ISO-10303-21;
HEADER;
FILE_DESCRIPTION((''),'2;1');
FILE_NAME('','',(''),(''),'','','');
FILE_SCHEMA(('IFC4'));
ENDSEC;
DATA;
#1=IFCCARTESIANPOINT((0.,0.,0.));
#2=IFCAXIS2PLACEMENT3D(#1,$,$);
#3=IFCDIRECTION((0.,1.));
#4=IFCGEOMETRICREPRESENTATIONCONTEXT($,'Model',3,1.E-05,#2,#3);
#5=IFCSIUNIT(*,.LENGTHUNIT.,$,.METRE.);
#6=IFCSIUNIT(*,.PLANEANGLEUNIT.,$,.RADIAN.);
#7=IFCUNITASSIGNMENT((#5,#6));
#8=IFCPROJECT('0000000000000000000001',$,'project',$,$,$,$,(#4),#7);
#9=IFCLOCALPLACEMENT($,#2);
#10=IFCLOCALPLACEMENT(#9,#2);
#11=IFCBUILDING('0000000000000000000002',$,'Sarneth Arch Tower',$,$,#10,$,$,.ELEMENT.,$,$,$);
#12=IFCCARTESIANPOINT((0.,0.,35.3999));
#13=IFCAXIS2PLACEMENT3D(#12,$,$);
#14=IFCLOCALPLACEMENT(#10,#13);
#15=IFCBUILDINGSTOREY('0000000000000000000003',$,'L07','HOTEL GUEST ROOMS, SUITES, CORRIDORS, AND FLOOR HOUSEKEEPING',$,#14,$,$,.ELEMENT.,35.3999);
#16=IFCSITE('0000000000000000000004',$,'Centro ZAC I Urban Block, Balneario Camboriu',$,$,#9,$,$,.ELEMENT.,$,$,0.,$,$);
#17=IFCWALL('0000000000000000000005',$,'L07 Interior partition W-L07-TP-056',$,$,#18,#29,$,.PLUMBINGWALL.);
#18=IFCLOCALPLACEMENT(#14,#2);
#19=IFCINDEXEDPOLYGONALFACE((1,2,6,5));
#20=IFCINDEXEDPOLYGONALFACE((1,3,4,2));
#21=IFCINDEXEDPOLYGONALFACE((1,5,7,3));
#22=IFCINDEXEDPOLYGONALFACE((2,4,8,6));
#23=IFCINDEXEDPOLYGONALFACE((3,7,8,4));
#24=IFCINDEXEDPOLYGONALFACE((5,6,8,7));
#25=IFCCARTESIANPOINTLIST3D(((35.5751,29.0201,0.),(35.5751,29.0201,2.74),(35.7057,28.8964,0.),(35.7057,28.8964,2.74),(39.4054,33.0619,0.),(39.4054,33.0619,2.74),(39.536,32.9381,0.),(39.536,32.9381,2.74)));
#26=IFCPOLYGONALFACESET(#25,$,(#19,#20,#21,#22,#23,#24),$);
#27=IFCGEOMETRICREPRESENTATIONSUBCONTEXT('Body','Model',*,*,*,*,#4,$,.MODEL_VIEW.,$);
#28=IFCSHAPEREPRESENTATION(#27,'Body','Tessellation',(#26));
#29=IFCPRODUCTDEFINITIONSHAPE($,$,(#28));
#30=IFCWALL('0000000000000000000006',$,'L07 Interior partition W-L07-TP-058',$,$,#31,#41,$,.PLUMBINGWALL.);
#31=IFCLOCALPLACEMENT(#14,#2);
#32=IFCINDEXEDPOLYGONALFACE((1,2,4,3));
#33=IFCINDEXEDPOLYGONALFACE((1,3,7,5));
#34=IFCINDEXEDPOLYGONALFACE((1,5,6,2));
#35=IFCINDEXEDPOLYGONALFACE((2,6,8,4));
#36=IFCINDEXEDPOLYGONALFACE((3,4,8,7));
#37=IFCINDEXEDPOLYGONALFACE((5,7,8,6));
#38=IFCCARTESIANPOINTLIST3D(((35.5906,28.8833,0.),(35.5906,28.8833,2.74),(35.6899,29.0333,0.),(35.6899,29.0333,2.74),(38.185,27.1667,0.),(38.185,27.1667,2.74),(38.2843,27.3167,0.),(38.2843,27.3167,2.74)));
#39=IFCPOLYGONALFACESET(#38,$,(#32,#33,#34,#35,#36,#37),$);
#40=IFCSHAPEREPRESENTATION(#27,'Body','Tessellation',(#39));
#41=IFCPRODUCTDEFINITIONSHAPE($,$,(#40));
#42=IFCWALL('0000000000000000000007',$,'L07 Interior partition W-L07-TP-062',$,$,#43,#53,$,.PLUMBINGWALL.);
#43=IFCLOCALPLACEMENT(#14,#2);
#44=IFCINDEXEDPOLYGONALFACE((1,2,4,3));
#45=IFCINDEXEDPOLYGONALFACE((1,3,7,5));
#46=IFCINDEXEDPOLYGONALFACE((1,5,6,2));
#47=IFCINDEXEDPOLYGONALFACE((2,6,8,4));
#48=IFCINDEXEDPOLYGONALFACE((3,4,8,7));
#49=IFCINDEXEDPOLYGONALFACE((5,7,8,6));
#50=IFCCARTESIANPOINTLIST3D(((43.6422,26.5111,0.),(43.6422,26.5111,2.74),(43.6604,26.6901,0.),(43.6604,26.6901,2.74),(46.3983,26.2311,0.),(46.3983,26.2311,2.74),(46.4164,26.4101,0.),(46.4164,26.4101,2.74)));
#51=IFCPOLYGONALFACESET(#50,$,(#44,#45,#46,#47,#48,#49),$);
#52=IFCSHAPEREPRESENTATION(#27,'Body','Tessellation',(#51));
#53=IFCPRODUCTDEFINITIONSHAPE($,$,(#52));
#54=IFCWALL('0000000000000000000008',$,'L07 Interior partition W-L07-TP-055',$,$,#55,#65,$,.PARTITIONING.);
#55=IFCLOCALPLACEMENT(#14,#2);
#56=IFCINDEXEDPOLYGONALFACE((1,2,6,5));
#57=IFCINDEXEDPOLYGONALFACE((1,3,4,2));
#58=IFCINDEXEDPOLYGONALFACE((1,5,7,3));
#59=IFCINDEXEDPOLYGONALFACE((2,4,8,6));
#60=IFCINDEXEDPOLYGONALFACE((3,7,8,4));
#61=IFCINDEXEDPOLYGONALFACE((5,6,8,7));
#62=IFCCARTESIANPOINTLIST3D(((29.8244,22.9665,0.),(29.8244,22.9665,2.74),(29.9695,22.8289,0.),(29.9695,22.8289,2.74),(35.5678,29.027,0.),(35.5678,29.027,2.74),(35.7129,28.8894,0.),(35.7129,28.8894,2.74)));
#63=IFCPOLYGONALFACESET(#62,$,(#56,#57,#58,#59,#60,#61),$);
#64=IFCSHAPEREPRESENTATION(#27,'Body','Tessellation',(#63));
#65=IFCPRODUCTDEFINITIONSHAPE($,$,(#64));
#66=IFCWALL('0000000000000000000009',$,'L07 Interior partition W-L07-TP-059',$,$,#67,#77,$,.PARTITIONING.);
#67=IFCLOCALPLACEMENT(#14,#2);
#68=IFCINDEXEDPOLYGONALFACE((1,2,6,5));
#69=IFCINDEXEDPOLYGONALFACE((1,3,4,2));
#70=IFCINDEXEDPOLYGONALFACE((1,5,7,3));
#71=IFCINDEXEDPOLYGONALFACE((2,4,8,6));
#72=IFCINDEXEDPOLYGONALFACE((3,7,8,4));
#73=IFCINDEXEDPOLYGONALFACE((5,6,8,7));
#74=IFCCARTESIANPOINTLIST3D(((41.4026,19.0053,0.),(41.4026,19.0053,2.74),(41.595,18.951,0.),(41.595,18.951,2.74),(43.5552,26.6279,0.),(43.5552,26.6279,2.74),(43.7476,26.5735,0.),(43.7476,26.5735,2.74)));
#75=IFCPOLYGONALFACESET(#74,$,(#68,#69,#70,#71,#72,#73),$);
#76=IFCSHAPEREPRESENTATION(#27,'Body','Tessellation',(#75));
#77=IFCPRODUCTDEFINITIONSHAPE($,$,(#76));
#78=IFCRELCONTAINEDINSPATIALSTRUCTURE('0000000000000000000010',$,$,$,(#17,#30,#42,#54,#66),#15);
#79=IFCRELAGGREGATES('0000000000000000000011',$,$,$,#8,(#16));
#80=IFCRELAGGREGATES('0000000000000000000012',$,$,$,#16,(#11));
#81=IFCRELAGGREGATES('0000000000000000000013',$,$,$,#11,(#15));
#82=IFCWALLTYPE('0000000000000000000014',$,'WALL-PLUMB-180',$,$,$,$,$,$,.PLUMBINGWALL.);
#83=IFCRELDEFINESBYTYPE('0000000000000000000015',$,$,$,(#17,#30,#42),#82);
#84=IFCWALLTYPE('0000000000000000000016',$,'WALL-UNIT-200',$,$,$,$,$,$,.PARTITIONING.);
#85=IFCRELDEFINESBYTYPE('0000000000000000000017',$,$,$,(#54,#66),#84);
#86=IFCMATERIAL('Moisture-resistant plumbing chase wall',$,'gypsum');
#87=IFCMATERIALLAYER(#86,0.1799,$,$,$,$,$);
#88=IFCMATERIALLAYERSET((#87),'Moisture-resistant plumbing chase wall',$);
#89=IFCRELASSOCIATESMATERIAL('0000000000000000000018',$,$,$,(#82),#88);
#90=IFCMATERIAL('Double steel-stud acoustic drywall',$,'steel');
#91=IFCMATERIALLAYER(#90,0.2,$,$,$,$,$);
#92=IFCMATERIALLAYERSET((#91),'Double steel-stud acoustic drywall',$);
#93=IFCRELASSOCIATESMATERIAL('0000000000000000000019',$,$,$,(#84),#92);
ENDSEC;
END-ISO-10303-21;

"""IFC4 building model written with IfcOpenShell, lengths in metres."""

from ifc_helpers import new_model, si_unit, direction, frame, frame_2d, origin, place, context, subcontext, project, spatial, rectangle, extrude, material, layer, layer_set, type_object, element, save


model = new_model("IFC4")

# Units and contexts
model_context = context("Model", 3, precision=1e-05, world=origin(), true_north=direction((0.0, 1.0)))
body_context = subcontext(model_context, "Body", "Model", "MODEL_VIEW")
ifc_project = project(units=[si_unit("LENGTHUNIT", "METRE"), si_unit("PLANEANGLEUNIT", "RADIAN")], contexts=[model_context])

# Site, building, storey
site_placement = place(None, origin())
site = spatial("IfcSite", under=ifc_project, at=site_placement, Name="Centro ZAC I Urban Block, Balneario Camboriu", CompositionType="ELEMENT", RefElevation=0.0)
building_placement = place(site_placement, origin())
building = spatial("IfcBuilding", under=site, at=building_placement, Name="Sarneth Arch Tower", CompositionType="ELEMENT")
storey_placement = place(building_placement, frame((0.0, 0.0, 35.3999)))
storey = spatial("IfcBuildingStorey", under=building, at=storey_placement, Name="L07", Description="HOTEL GUEST ROOMS, SUITES, CORRIDORS, AND FLOOR HOUSEKEEPING", CompositionType="ELEMENT", Elevation=35.3999)

# Shared definitions
ifc_material_1 = material(Name="Moisture-resistant plumbing chase wall", Category="gypsum")
ifc_layer_1 = layer(ifc_material_1, 0.1799)
ifc_layer_set_1 = layer_set([ifc_layer_1], Name="Moisture-resistant plumbing chase wall")
wall_type_1 = type_object("IfcWallType", Name="WALL-PLUMB-180", PredefinedType="PLUMBINGWALL", material=ifc_layer_set_1)

# Walls
wall_1_placement = place(storey_placement, frame((35.6404, 28.9583, 0.0), z_axis=(0.0, 0.0, 1.0), x_axis=(0.687867, 0.725836, 0.0)))
element("IfcWall", 1, at=wall_1_placement, inside=storey, type_object=wall_type_1, Name="L07 Interior partition W-L07-TP-056", PredefinedType="PLUMBINGWALL", context=body_context, shape_type="SweptSolid", body=[
    extrude(rectangle(XDim=5.5684, YDim=0.1799, at=frame_2d((2.7842, 0.0))), origin(), (0.0, 0.0, 1.0), 2.74),
])
wall_2_placement = place(storey_placement, frame((38.2346, 27.2417, 0.0), z_axis=(0.0, 0.0, 1.0), x_axis=(-0.833965, 0.551817, 0.0)))
element("IfcWall", 2, at=wall_2_placement, inside=storey, type_object=wall_type_1, Name="L07 Interior partition W-L07-TP-058", PredefinedType="PLUMBINGWALL", context=body_context, shape_type="SweptSolid", body=[
    extrude(rectangle(XDim=3.1108, YDim=0.1799, at=frame_2d((1.5554, 0.0))), origin(), (0.0, 0.0, 1.0), 2.74),
])
wall_3_placement = place(storey_placement, frame((46.4075, 26.3206, 0.0), z_axis=(0.0, 0.0, 1.0), x_axis=(-0.994878, 0.101083, 0.0)))
element("IfcWall", 3, at=wall_3_placement, inside=storey, type_object=wall_type_1, Name="L07 Interior partition W-L07-TP-062", PredefinedType="PLUMBINGWALL", context=body_context, shape_type="SweptSolid", body=[
    extrude(rectangle(XDim=2.7703, YDim=0.1799, at=frame_2d((1.3853, 0.0))), origin(), (0.0, 0.0, 1.0), 2.74),
])
ifc_material_2 = material(Name="Double steel-stud acoustic drywall", Category="steel")
ifc_layer_2 = layer(ifc_material_2, 0.2)
ifc_layer_set_2 = layer_set([ifc_layer_2], Name="Double steel-stud acoustic drywall")
wall_type_2 = type_object("IfcWallType", Name="WALL-UNIT-200", PredefinedType="PARTITIONING", material=ifc_layer_set_2)
wall_4_placement = place(storey_placement, frame((29.897, 22.8977, 0.0), z_axis=(0.0, 0.0, 1.0), x_axis=(0.687861, 0.725843, 0.0)))
element("IfcWall", 4, at=wall_4_placement, inside=storey, type_object=wall_type_2, Name="L07 Interior partition W-L07-TP-055", PredefinedType="PARTITIONING", context=body_context, shape_type="SweptSolid", body=[
    extrude(rectangle(XDim=8.3496, YDim=0.2, at=frame_2d((4.1748, 0.0))), origin(), (0.0, 0.0, 1.0), 2.74),
])
wall_5_placement = place(storey_placement, frame((41.4988, 18.978, 0.0), z_axis=(0.0, 0.0, 1.0), x_axis=(0.271768, 0.962363, 0.0)))
element("IfcWall", 5, at=wall_5_placement, inside=storey, type_object=wall_type_2, Name="L07 Interior partition W-L07-TP-059", PredefinedType="PARTITIONING", context=body_context, shape_type="SweptSolid", body=[
    extrude(rectangle(XDim=7.9207, YDim=0.2, at=frame_2d((3.9604, 0.0))), origin(), (0.0, 0.0, 1.0), 2.74),
])

save(model, "model.ifc")
